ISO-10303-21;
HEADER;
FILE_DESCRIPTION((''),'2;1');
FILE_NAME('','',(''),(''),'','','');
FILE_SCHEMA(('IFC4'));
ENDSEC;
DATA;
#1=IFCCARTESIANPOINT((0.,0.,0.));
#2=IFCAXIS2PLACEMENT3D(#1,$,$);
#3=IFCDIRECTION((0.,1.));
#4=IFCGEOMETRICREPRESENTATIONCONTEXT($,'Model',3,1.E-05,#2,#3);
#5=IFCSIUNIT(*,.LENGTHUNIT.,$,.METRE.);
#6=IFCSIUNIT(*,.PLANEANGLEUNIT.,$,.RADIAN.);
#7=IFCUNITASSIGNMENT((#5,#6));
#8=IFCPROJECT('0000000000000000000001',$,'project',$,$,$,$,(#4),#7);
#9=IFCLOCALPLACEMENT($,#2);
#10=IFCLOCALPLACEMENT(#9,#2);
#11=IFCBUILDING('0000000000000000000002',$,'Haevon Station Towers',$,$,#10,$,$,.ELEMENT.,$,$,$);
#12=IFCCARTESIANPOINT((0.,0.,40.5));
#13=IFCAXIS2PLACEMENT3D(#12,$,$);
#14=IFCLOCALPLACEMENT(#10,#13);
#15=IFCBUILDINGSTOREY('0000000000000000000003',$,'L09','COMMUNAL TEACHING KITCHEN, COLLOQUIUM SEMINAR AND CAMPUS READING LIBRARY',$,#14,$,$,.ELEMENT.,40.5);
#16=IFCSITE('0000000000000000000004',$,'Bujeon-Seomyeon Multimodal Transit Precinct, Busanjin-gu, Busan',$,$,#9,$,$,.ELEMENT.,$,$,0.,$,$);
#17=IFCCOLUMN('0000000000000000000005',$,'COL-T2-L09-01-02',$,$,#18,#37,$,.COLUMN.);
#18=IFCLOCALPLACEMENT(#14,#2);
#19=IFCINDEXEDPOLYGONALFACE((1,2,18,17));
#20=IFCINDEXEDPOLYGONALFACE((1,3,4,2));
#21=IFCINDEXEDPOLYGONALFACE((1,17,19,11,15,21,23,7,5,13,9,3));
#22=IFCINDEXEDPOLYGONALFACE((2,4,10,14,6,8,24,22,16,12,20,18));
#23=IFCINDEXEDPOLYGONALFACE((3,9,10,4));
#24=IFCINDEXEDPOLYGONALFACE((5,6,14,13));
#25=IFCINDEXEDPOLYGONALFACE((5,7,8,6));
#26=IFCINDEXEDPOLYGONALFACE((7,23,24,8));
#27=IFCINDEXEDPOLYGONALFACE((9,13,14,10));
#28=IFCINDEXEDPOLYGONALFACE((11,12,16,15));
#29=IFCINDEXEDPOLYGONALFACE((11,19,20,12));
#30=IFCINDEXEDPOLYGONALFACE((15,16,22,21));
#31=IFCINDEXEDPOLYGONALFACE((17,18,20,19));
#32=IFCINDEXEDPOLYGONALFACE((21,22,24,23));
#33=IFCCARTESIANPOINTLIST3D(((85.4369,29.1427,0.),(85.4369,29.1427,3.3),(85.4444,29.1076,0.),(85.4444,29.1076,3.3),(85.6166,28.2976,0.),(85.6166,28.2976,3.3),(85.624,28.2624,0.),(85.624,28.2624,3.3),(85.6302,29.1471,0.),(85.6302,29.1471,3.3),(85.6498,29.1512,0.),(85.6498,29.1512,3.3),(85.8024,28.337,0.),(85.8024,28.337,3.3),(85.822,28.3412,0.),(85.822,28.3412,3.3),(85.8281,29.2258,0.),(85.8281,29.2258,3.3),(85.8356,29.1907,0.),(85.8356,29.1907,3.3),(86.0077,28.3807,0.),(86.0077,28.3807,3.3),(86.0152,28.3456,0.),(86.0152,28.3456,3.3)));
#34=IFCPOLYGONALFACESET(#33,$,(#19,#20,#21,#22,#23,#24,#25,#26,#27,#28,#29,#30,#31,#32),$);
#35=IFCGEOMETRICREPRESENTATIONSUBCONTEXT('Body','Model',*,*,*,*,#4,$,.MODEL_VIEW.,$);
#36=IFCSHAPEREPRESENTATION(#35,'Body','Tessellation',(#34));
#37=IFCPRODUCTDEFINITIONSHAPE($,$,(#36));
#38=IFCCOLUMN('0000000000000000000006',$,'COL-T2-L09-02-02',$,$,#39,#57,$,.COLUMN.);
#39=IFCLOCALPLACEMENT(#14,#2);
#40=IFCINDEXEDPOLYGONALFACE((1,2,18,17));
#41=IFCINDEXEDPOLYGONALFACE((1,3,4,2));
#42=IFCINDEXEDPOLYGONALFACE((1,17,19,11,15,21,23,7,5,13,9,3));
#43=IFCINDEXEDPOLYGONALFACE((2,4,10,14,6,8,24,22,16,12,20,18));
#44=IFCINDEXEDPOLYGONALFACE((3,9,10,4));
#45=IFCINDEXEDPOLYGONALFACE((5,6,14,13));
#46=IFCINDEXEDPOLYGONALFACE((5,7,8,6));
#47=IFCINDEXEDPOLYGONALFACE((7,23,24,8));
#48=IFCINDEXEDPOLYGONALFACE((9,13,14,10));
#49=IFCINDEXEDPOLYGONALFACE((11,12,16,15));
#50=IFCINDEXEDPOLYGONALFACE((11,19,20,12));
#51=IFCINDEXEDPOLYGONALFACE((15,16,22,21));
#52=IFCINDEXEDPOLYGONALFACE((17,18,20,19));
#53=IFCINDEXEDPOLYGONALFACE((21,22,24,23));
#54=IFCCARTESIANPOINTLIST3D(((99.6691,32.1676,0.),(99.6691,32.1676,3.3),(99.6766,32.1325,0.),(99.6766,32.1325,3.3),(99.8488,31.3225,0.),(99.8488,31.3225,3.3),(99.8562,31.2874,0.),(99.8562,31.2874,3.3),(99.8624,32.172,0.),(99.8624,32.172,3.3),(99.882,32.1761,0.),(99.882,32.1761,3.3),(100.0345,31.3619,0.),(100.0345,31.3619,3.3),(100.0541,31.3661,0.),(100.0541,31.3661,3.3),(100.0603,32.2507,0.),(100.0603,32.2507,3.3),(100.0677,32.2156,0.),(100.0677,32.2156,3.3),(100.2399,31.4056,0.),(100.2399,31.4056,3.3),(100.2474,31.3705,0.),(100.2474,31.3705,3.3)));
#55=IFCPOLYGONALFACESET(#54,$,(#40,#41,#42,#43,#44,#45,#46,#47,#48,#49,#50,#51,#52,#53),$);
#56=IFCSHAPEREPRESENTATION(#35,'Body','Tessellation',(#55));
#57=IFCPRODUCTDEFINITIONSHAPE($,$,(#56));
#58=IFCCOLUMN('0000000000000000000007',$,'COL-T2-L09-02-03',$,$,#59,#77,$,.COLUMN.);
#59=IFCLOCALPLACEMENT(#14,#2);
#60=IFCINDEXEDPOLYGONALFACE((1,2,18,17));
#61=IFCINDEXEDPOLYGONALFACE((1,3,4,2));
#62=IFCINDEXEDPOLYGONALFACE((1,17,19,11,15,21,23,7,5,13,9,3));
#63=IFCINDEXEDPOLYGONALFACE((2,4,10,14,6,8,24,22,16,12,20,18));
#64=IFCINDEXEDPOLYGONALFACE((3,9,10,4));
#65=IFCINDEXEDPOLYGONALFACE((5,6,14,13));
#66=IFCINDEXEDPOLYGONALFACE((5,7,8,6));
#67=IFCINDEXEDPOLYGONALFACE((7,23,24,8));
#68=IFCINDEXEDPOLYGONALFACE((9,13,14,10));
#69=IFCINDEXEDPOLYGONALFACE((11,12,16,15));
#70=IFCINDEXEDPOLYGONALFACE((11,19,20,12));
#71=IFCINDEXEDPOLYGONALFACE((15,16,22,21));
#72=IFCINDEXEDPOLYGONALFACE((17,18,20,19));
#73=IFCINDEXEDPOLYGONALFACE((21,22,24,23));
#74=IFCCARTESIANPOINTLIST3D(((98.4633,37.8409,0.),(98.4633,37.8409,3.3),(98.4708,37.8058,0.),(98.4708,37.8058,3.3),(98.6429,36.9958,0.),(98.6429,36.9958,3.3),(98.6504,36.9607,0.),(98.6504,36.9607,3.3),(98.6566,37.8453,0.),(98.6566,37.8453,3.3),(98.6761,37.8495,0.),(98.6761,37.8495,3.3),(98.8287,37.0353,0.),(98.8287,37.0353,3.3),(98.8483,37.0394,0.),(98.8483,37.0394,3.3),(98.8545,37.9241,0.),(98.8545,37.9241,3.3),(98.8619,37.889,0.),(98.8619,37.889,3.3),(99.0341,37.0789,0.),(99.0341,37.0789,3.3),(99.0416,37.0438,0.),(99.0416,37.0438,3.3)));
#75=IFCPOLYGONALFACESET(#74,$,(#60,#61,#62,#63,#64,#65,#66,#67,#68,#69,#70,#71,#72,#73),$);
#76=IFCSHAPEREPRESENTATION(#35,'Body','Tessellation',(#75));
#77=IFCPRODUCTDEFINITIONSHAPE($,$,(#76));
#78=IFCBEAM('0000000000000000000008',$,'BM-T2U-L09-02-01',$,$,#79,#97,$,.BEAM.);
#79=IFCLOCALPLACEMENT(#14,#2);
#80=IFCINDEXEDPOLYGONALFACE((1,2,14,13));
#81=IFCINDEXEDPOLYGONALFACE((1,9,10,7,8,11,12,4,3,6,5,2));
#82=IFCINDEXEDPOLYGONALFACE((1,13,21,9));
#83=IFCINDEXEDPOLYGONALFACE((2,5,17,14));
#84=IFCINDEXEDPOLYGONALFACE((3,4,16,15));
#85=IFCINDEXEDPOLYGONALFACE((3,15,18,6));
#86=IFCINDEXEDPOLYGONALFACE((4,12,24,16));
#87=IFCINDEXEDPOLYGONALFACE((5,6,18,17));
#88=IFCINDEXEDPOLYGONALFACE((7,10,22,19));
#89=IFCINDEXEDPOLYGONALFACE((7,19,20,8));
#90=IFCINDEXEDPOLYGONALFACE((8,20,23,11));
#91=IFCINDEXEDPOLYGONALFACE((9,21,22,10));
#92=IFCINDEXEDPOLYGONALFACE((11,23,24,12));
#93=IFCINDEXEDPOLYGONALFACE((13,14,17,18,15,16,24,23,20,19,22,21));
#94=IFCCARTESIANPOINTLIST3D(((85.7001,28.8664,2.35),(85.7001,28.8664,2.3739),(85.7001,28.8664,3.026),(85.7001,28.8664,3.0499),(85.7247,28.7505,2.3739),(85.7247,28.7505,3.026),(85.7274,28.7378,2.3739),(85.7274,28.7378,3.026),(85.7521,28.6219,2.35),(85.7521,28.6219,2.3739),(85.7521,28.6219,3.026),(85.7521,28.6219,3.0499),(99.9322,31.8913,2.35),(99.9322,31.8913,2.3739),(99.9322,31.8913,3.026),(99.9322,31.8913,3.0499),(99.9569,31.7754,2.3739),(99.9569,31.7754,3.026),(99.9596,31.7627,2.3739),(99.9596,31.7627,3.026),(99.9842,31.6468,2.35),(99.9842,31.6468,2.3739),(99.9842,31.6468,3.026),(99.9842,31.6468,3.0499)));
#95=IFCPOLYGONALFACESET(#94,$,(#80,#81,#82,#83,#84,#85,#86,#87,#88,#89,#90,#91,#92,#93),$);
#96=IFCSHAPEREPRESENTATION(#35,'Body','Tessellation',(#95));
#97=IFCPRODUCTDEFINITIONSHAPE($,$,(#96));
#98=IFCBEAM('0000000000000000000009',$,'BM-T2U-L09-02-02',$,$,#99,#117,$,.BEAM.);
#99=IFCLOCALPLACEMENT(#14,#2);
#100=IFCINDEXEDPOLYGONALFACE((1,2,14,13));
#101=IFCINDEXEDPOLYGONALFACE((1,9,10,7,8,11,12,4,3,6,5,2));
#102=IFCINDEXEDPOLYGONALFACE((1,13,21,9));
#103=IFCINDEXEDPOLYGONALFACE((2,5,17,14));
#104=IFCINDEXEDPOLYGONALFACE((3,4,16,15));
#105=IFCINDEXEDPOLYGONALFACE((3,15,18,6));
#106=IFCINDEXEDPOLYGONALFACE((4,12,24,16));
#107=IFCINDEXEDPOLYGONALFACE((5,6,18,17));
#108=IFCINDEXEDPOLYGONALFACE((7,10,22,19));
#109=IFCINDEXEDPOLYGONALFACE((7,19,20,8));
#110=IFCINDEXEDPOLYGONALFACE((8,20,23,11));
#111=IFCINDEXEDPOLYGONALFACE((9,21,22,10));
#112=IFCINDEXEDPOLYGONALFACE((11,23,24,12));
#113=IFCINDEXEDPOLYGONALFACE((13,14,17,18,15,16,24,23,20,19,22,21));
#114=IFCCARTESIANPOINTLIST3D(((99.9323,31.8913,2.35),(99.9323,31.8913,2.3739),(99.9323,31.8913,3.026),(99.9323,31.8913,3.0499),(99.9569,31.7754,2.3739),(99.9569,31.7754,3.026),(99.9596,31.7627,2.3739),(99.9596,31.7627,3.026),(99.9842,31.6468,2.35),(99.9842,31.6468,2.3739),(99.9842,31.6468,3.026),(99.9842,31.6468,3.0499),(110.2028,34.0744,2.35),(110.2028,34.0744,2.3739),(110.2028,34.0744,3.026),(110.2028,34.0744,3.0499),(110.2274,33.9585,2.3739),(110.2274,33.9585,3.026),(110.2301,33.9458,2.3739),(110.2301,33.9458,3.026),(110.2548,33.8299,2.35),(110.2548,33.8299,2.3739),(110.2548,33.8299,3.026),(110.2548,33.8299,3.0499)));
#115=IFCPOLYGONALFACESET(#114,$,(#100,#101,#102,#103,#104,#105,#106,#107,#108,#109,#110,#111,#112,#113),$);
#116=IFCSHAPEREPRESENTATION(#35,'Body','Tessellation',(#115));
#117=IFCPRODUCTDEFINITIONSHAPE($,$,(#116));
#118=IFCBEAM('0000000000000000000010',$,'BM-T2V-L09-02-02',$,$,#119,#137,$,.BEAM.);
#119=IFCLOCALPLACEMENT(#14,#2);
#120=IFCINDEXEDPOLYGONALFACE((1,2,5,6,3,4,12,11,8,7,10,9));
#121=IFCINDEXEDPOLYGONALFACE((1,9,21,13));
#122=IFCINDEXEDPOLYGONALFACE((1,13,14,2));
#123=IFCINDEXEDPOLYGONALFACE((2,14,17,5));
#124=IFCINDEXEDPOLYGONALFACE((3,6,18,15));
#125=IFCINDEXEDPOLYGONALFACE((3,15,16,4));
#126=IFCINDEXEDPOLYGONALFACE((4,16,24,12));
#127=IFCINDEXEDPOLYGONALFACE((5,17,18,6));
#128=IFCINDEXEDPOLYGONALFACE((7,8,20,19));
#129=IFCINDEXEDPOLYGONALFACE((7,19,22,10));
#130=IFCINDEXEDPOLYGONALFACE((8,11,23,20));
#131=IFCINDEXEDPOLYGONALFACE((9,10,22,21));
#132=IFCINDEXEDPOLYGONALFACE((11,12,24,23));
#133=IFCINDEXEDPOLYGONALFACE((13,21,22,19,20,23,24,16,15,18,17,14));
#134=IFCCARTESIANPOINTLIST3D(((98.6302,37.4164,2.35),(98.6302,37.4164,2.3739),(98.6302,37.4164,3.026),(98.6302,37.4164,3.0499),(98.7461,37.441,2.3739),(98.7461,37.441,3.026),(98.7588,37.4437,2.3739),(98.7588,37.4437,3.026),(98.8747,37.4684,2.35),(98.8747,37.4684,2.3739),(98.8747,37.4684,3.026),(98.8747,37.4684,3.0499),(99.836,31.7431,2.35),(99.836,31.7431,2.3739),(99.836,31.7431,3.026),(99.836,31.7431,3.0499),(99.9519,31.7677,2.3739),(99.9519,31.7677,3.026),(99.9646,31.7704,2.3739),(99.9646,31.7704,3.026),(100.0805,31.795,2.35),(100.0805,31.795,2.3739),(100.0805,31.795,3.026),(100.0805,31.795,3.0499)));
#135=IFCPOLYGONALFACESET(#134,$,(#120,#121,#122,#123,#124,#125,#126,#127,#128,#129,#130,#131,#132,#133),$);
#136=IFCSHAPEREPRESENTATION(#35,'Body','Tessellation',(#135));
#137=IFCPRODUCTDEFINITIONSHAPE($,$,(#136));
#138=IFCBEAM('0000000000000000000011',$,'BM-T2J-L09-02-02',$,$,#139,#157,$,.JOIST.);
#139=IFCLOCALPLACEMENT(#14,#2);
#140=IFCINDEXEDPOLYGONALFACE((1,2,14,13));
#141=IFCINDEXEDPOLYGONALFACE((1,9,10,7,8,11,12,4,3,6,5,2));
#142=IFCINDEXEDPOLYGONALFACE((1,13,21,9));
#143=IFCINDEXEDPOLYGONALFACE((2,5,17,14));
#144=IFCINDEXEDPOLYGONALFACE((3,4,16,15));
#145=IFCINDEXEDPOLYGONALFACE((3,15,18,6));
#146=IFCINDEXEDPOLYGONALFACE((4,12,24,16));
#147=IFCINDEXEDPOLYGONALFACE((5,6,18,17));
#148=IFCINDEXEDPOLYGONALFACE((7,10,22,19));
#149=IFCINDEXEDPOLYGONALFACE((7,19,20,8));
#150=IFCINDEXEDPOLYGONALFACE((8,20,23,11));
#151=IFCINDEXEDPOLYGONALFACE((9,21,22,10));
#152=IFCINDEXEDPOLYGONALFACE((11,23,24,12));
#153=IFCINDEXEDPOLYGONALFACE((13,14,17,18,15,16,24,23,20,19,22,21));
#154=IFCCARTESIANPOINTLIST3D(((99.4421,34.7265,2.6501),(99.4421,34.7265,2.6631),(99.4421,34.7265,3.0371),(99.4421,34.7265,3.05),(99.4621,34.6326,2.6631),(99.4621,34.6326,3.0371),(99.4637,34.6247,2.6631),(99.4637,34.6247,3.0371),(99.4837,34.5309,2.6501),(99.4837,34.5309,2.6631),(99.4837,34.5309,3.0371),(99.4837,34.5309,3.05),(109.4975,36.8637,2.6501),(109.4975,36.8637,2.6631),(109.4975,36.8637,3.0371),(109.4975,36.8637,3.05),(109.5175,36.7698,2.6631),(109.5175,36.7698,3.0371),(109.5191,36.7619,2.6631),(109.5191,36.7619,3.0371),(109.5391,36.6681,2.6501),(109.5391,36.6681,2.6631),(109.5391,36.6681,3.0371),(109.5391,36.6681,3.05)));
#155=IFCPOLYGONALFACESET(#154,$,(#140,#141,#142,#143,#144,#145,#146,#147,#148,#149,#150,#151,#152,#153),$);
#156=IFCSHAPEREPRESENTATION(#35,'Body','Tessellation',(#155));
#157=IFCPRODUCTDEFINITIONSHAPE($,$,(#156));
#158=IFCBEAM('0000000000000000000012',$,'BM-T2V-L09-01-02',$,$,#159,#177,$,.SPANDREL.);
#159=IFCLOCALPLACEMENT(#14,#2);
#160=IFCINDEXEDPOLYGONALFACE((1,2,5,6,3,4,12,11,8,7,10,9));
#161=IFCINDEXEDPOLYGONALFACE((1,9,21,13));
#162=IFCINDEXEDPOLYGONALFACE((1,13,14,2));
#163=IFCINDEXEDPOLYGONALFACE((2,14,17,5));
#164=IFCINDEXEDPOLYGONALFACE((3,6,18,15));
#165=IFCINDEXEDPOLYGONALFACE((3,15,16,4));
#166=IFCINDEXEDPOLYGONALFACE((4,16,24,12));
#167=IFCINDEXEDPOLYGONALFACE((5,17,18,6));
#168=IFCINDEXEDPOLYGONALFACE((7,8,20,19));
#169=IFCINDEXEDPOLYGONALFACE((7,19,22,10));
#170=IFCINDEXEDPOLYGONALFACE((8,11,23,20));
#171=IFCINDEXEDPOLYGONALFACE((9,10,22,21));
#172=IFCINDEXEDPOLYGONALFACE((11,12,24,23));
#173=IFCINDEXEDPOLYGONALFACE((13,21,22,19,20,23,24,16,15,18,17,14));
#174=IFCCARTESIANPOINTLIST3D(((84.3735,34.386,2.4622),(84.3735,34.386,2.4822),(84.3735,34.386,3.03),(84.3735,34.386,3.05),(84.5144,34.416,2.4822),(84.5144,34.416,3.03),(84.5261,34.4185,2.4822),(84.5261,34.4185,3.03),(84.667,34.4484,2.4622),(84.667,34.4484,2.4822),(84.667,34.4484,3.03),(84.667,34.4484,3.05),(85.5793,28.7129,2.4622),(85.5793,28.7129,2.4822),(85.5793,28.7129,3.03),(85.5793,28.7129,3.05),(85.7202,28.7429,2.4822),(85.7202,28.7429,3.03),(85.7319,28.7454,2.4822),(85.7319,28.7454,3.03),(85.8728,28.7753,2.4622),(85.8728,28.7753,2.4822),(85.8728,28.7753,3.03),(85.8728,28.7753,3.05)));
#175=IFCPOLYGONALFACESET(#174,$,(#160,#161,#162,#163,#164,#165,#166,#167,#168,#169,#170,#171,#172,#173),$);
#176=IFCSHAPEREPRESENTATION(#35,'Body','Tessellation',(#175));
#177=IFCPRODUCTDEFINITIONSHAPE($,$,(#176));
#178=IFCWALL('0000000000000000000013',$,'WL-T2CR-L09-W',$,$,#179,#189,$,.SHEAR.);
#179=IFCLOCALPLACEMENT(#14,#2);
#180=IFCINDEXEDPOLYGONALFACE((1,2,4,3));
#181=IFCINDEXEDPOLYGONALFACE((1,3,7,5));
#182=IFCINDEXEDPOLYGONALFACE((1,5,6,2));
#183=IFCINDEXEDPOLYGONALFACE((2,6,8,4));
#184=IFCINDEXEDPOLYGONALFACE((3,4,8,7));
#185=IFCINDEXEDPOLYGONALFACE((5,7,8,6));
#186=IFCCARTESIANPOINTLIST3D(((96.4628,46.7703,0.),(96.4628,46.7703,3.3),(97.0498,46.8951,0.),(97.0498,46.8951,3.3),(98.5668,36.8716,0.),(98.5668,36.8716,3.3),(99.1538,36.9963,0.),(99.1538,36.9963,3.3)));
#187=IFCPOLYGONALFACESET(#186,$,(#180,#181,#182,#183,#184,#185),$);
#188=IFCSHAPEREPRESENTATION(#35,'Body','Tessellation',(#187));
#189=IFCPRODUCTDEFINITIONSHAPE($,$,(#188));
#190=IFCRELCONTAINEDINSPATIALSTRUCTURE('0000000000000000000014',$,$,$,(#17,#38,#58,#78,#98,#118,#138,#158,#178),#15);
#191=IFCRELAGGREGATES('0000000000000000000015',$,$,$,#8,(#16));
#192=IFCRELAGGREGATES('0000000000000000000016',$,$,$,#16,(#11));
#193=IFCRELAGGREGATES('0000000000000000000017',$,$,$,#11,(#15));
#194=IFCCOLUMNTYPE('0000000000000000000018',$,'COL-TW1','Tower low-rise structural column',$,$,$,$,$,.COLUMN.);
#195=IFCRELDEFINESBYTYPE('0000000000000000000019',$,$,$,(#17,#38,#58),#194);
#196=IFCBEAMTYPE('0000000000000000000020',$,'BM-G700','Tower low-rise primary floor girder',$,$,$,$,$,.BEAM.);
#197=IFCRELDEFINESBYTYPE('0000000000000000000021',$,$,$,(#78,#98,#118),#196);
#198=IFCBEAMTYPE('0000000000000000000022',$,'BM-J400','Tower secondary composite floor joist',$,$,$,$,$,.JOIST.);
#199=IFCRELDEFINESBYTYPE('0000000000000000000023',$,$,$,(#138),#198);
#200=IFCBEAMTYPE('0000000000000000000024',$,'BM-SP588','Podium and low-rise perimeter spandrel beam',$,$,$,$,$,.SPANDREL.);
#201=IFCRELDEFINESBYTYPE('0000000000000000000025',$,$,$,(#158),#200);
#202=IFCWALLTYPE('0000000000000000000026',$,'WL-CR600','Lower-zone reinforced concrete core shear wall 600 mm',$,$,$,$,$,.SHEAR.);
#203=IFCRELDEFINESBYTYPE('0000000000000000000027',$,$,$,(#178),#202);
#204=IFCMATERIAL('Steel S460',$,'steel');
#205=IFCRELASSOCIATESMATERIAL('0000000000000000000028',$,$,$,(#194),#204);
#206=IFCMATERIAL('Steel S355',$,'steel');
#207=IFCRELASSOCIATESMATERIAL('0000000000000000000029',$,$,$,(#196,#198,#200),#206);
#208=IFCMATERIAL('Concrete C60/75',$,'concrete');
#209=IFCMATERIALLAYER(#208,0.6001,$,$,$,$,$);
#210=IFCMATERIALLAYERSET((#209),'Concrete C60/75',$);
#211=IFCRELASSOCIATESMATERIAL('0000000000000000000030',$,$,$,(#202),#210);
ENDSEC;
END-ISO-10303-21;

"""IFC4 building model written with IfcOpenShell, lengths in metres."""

from ifc_helpers import new_model, si_unit, direction, frame, frame_2d, origin, origin_2d, place, context, subcontext, project, spatial, rectangle, i_section, extrude, material, layer, layer_set, material_profile, profile_set, type_object, element, save


model = new_model("IFC4")

# Units and contexts
model_context = context("Model", 3, precision=1e-05, world=origin(), true_north=direction((0.0, 1.0)))
body_context = subcontext(model_context, "Body", "Model", "MODEL_VIEW")
ifc_project = project(units=[si_unit("LENGTHUNIT", "METRE"), si_unit("PLANEANGLEUNIT", "RADIAN")], contexts=[model_context])

# Site, building, storey
site_placement = place(None, origin())
site = spatial("IfcSite", under=ifc_project, at=site_placement, Name="Bujeon-Seomyeon Multimodal Transit Precinct, Busanjin-gu, Busan", CompositionType="ELEMENT", RefElevation=0.0)
building_placement = place(site_placement, origin())
building = spatial("IfcBuilding", under=site, at=building_placement, Name="Haevon Station Towers", CompositionType="ELEMENT")
storey_placement = place(building_placement, frame((0.0, 0.0, 40.5)))
storey = spatial("IfcBuildingStorey", under=building, at=storey_placement, Name="L09", Description="COMMUNAL TEACHING KITCHEN, COLLOQUIUM SEMINAR AND CAMPUS READING LIBRARY", CompositionType="ELEMENT", Elevation=40.5)

# Columns
ifc_material_1 = material(Name="Steel S460", Category="steel")
ifc_material_profile_1 = material_profile(ifc_material_1, i_section(OverallWidth=0.3999, OverallDepth=0.8999, WebThickness=0.02, FlangeThickness=0.0359, at=origin_2d()), Name="H-900x400x20x36")
ifc_profile_set_1 = profile_set([ifc_material_profile_1], Name="Steel S460")
column_type = type_object("IfcColumnType", Name="COL-TW1", Description="Tower low-rise structural column", PredefinedType="COLUMN", material=ifc_profile_set_1)
for number, where, z_axis, x_axis, name in (
    (1, (85.7261, 28.7441, 0.0), (0.0, 0.0, 1.0), (0.978148, 0.207912, 0.0), "COL-T2-L09-01-02"),
    (2, (99.9583, 31.769, 0.0), (0.0, 0.0, 1.0), (0.978148, 0.207912, 0.0), "COL-T2-L09-02-02"),
    (3, (98.7524, 37.4424, 0.0), (0.0, 0.0, 1.0), (0.978148, 0.207912, 0.0), "COL-T2-L09-02-03"),
):
    element("IfcColumn", number, at=place(storey_placement, frame(where, z_axis=z_axis, x_axis=x_axis)), inside=storey, type_object=column_type, Name=name, PredefinedType="COLUMN", context=body_context, shape_type="SweptSolid", body=[
        extrude(i_section(OverallWidth=0.3999, OverallDepth=0.8999, WebThickness=0.02, FlangeThickness=0.0359, at=origin_2d()), origin(), (0.0, 0.0, 1.0), 3.3),
    ])

# Beams
ifc_material_2 = material(Name="Steel S355", Category="steel")
ifc_material_profile_2 = material_profile(ifc_material_2, i_section(OverallWidth=0.25, OverallDepth=0.7, WebThickness=0.0129, FlangeThickness=0.0239, at=origin_2d()), Name="H-700x250x13x24")
ifc_profile_set_2 = profile_set([ifc_material_profile_2], Name="Steel S355")
beam_type_1 = type_object("IfcBeamType", Name="BM-G700", Description="Tower low-rise primary floor girder", PredefinedType="BEAM", material=ifc_profile_set_2)
beam_1_placement = place(storey_placement, frame((85.7261, 28.7441, 2.7), z_axis=(0.978151, 0.207896, 0.0), x_axis=(-0.207896, 0.978151, 0.0)))
element("IfcBeam", 4, at=beam_1_placement, inside=storey, type_object=beam_type_1, Name="BM-T2U-L09-02-01", PredefinedType="BEAM", context=body_context, shape_type="SweptSolid", body=[
    extrude(i_section(OverallWidth=0.25, OverallDepth=0.7, WebThickness=0.0129, FlangeThickness=0.0239, at=origin_2d()), origin(), (0.0, 0.0, 1.0), 14.55),
])
beam_2_placement = place(storey_placement, frame((99.9583, 31.769, 2.7), z_axis=(0.978147, 0.207915, 0.0), x_axis=(-0.207915, 0.978147, 0.0)))
element("IfcBeam", 5, at=beam_2_placement, inside=storey, type_object=beam_type_1, Name="BM-T2U-L09-02-02", PredefinedType="BEAM", context=body_context, shape_type="SweptSolid", body=[
    extrude(i_section(OverallWidth=0.25, OverallDepth=0.7, WebThickness=0.0129, FlangeThickness=0.0239, at=origin_2d()), origin(), (0.0, 0.0, 1.0), 10.5),
])
beam_3_placement = place(storey_placement, frame((99.9583, 31.769, 2.7), z_axis=(-0.207896, 0.978151, 0.0), x_axis=(-0.978151, -0.207896, 0.0)))
element("IfcBeam", 6, at=beam_3_placement, inside=storey, type_object=beam_type_1, Name="BM-T2V-L09-02-02", PredefinedType="BEAM", context=body_context, shape_type="SweptSolid", body=[
    extrude(i_section(OverallWidth=0.25, OverallDepth=0.7, WebThickness=0.0129, FlangeThickness=0.0239, at=origin_2d()), origin(), (0.0, 0.0, 1.0), 5.8),
])
ifc_material_profile_3 = material_profile(ifc_material_2, i_section(OverallWidth=0.2, OverallDepth=0.3999, WebThickness=0.0081, FlangeThickness=0.0129, at=origin_2d()), Name="H-400x200x8x13")
ifc_profile_set_3 = profile_set([ifc_material_profile_3], Name="Steel S355")
beam_type_2 = type_object("IfcBeamType", Name="BM-J400", Description="Tower secondary composite floor joist", PredefinedType="JOIST", material=ifc_profile_set_3)
beam_4_placement = place(storey_placement, frame((99.4629, 34.6287, 2.8501), z_axis=(0.97815, 0.207899, 0.0), x_axis=(-0.207899, 0.97815, 0.0)))
element("IfcBeam", 7, at=beam_4_placement, inside=storey, type_object=beam_type_2, Name="BM-T2J-L09-02-02", PredefinedType="JOIST", context=body_context, shape_type="SweptSolid", body=[
    extrude(i_section(OverallWidth=0.2, OverallDepth=0.3999, WebThickness=0.0081, FlangeThickness=0.0129, at=origin_2d()), origin(), (0.0, 0.0, 1.0), 10.28),
])
ifc_material_profile_4 = material_profile(ifc_material_2, i_section(OverallWidth=0.3, OverallDepth=0.5879, WebThickness=0.012, FlangeThickness=0.02, at=origin_2d()), Name="H-588x300x12x20")
ifc_profile_set_4 = profile_set([ifc_material_profile_4], Name="Steel S355")
beam_type_3 = type_object("IfcBeamType", Name="BM-SP588", Description="Podium and low-rise perimeter spandrel beam", PredefinedType="SPANDREL", material=ifc_profile_set_4)
beam_5_placement = place(storey_placement, frame((85.7261, 28.7441, 2.7561), z_axis=(-0.207905, 0.978149, 0.0), x_axis=(-0.978149, -0.207905, 0.0)))
element("IfcBeam", 8, at=beam_5_placement, inside=storey, type_object=beam_type_3, Name="BM-T2V-L09-01-02", PredefinedType="SPANDREL", context=body_context, shape_type="SweptSolid", body=[
    extrude(i_section(OverallWidth=0.3, OverallDepth=0.5879, WebThickness=0.012, FlangeThickness=0.02, at=origin_2d()), origin(), (0.0, 0.0, 1.0), 5.7998),
])

# Wall
ifc_material_3 = material(Name="Concrete C60/75", Category="concrete")
ifc_layer_1 = layer(ifc_material_3, 0.6001)
ifc_layer_set_1 = layer_set([ifc_layer_1], Name="Concrete C60/75")
wall_type_1 = type_object("IfcWallType", Name="WL-CR600", Description="Lower-zone reinforced concrete core shear wall 600 mm", PredefinedType="SHEAR", material=ifc_layer_set_1)
wall_1_placement = place(storey_placement, frame((98.8604, 36.9338, 0.0), z_axis=(0.0, 0.0, 1.0), x_axis=(-0.207909, 0.978148, 0.0)))
element("IfcWall", 9, at=wall_1_placement, inside=storey, type_object=wall_type_1, Name="WL-T2CR-L09-W", PredefinedType="SHEAR", context=body_context, shape_type="SweptSolid", body=[
    extrude(rectangle(XDim=10.1199, YDim=0.6001, at=frame_2d((5.0601, 0.0))), origin(), (0.0, 0.0, 1.0), 3.3),
])

save(model, "model.ifc")
